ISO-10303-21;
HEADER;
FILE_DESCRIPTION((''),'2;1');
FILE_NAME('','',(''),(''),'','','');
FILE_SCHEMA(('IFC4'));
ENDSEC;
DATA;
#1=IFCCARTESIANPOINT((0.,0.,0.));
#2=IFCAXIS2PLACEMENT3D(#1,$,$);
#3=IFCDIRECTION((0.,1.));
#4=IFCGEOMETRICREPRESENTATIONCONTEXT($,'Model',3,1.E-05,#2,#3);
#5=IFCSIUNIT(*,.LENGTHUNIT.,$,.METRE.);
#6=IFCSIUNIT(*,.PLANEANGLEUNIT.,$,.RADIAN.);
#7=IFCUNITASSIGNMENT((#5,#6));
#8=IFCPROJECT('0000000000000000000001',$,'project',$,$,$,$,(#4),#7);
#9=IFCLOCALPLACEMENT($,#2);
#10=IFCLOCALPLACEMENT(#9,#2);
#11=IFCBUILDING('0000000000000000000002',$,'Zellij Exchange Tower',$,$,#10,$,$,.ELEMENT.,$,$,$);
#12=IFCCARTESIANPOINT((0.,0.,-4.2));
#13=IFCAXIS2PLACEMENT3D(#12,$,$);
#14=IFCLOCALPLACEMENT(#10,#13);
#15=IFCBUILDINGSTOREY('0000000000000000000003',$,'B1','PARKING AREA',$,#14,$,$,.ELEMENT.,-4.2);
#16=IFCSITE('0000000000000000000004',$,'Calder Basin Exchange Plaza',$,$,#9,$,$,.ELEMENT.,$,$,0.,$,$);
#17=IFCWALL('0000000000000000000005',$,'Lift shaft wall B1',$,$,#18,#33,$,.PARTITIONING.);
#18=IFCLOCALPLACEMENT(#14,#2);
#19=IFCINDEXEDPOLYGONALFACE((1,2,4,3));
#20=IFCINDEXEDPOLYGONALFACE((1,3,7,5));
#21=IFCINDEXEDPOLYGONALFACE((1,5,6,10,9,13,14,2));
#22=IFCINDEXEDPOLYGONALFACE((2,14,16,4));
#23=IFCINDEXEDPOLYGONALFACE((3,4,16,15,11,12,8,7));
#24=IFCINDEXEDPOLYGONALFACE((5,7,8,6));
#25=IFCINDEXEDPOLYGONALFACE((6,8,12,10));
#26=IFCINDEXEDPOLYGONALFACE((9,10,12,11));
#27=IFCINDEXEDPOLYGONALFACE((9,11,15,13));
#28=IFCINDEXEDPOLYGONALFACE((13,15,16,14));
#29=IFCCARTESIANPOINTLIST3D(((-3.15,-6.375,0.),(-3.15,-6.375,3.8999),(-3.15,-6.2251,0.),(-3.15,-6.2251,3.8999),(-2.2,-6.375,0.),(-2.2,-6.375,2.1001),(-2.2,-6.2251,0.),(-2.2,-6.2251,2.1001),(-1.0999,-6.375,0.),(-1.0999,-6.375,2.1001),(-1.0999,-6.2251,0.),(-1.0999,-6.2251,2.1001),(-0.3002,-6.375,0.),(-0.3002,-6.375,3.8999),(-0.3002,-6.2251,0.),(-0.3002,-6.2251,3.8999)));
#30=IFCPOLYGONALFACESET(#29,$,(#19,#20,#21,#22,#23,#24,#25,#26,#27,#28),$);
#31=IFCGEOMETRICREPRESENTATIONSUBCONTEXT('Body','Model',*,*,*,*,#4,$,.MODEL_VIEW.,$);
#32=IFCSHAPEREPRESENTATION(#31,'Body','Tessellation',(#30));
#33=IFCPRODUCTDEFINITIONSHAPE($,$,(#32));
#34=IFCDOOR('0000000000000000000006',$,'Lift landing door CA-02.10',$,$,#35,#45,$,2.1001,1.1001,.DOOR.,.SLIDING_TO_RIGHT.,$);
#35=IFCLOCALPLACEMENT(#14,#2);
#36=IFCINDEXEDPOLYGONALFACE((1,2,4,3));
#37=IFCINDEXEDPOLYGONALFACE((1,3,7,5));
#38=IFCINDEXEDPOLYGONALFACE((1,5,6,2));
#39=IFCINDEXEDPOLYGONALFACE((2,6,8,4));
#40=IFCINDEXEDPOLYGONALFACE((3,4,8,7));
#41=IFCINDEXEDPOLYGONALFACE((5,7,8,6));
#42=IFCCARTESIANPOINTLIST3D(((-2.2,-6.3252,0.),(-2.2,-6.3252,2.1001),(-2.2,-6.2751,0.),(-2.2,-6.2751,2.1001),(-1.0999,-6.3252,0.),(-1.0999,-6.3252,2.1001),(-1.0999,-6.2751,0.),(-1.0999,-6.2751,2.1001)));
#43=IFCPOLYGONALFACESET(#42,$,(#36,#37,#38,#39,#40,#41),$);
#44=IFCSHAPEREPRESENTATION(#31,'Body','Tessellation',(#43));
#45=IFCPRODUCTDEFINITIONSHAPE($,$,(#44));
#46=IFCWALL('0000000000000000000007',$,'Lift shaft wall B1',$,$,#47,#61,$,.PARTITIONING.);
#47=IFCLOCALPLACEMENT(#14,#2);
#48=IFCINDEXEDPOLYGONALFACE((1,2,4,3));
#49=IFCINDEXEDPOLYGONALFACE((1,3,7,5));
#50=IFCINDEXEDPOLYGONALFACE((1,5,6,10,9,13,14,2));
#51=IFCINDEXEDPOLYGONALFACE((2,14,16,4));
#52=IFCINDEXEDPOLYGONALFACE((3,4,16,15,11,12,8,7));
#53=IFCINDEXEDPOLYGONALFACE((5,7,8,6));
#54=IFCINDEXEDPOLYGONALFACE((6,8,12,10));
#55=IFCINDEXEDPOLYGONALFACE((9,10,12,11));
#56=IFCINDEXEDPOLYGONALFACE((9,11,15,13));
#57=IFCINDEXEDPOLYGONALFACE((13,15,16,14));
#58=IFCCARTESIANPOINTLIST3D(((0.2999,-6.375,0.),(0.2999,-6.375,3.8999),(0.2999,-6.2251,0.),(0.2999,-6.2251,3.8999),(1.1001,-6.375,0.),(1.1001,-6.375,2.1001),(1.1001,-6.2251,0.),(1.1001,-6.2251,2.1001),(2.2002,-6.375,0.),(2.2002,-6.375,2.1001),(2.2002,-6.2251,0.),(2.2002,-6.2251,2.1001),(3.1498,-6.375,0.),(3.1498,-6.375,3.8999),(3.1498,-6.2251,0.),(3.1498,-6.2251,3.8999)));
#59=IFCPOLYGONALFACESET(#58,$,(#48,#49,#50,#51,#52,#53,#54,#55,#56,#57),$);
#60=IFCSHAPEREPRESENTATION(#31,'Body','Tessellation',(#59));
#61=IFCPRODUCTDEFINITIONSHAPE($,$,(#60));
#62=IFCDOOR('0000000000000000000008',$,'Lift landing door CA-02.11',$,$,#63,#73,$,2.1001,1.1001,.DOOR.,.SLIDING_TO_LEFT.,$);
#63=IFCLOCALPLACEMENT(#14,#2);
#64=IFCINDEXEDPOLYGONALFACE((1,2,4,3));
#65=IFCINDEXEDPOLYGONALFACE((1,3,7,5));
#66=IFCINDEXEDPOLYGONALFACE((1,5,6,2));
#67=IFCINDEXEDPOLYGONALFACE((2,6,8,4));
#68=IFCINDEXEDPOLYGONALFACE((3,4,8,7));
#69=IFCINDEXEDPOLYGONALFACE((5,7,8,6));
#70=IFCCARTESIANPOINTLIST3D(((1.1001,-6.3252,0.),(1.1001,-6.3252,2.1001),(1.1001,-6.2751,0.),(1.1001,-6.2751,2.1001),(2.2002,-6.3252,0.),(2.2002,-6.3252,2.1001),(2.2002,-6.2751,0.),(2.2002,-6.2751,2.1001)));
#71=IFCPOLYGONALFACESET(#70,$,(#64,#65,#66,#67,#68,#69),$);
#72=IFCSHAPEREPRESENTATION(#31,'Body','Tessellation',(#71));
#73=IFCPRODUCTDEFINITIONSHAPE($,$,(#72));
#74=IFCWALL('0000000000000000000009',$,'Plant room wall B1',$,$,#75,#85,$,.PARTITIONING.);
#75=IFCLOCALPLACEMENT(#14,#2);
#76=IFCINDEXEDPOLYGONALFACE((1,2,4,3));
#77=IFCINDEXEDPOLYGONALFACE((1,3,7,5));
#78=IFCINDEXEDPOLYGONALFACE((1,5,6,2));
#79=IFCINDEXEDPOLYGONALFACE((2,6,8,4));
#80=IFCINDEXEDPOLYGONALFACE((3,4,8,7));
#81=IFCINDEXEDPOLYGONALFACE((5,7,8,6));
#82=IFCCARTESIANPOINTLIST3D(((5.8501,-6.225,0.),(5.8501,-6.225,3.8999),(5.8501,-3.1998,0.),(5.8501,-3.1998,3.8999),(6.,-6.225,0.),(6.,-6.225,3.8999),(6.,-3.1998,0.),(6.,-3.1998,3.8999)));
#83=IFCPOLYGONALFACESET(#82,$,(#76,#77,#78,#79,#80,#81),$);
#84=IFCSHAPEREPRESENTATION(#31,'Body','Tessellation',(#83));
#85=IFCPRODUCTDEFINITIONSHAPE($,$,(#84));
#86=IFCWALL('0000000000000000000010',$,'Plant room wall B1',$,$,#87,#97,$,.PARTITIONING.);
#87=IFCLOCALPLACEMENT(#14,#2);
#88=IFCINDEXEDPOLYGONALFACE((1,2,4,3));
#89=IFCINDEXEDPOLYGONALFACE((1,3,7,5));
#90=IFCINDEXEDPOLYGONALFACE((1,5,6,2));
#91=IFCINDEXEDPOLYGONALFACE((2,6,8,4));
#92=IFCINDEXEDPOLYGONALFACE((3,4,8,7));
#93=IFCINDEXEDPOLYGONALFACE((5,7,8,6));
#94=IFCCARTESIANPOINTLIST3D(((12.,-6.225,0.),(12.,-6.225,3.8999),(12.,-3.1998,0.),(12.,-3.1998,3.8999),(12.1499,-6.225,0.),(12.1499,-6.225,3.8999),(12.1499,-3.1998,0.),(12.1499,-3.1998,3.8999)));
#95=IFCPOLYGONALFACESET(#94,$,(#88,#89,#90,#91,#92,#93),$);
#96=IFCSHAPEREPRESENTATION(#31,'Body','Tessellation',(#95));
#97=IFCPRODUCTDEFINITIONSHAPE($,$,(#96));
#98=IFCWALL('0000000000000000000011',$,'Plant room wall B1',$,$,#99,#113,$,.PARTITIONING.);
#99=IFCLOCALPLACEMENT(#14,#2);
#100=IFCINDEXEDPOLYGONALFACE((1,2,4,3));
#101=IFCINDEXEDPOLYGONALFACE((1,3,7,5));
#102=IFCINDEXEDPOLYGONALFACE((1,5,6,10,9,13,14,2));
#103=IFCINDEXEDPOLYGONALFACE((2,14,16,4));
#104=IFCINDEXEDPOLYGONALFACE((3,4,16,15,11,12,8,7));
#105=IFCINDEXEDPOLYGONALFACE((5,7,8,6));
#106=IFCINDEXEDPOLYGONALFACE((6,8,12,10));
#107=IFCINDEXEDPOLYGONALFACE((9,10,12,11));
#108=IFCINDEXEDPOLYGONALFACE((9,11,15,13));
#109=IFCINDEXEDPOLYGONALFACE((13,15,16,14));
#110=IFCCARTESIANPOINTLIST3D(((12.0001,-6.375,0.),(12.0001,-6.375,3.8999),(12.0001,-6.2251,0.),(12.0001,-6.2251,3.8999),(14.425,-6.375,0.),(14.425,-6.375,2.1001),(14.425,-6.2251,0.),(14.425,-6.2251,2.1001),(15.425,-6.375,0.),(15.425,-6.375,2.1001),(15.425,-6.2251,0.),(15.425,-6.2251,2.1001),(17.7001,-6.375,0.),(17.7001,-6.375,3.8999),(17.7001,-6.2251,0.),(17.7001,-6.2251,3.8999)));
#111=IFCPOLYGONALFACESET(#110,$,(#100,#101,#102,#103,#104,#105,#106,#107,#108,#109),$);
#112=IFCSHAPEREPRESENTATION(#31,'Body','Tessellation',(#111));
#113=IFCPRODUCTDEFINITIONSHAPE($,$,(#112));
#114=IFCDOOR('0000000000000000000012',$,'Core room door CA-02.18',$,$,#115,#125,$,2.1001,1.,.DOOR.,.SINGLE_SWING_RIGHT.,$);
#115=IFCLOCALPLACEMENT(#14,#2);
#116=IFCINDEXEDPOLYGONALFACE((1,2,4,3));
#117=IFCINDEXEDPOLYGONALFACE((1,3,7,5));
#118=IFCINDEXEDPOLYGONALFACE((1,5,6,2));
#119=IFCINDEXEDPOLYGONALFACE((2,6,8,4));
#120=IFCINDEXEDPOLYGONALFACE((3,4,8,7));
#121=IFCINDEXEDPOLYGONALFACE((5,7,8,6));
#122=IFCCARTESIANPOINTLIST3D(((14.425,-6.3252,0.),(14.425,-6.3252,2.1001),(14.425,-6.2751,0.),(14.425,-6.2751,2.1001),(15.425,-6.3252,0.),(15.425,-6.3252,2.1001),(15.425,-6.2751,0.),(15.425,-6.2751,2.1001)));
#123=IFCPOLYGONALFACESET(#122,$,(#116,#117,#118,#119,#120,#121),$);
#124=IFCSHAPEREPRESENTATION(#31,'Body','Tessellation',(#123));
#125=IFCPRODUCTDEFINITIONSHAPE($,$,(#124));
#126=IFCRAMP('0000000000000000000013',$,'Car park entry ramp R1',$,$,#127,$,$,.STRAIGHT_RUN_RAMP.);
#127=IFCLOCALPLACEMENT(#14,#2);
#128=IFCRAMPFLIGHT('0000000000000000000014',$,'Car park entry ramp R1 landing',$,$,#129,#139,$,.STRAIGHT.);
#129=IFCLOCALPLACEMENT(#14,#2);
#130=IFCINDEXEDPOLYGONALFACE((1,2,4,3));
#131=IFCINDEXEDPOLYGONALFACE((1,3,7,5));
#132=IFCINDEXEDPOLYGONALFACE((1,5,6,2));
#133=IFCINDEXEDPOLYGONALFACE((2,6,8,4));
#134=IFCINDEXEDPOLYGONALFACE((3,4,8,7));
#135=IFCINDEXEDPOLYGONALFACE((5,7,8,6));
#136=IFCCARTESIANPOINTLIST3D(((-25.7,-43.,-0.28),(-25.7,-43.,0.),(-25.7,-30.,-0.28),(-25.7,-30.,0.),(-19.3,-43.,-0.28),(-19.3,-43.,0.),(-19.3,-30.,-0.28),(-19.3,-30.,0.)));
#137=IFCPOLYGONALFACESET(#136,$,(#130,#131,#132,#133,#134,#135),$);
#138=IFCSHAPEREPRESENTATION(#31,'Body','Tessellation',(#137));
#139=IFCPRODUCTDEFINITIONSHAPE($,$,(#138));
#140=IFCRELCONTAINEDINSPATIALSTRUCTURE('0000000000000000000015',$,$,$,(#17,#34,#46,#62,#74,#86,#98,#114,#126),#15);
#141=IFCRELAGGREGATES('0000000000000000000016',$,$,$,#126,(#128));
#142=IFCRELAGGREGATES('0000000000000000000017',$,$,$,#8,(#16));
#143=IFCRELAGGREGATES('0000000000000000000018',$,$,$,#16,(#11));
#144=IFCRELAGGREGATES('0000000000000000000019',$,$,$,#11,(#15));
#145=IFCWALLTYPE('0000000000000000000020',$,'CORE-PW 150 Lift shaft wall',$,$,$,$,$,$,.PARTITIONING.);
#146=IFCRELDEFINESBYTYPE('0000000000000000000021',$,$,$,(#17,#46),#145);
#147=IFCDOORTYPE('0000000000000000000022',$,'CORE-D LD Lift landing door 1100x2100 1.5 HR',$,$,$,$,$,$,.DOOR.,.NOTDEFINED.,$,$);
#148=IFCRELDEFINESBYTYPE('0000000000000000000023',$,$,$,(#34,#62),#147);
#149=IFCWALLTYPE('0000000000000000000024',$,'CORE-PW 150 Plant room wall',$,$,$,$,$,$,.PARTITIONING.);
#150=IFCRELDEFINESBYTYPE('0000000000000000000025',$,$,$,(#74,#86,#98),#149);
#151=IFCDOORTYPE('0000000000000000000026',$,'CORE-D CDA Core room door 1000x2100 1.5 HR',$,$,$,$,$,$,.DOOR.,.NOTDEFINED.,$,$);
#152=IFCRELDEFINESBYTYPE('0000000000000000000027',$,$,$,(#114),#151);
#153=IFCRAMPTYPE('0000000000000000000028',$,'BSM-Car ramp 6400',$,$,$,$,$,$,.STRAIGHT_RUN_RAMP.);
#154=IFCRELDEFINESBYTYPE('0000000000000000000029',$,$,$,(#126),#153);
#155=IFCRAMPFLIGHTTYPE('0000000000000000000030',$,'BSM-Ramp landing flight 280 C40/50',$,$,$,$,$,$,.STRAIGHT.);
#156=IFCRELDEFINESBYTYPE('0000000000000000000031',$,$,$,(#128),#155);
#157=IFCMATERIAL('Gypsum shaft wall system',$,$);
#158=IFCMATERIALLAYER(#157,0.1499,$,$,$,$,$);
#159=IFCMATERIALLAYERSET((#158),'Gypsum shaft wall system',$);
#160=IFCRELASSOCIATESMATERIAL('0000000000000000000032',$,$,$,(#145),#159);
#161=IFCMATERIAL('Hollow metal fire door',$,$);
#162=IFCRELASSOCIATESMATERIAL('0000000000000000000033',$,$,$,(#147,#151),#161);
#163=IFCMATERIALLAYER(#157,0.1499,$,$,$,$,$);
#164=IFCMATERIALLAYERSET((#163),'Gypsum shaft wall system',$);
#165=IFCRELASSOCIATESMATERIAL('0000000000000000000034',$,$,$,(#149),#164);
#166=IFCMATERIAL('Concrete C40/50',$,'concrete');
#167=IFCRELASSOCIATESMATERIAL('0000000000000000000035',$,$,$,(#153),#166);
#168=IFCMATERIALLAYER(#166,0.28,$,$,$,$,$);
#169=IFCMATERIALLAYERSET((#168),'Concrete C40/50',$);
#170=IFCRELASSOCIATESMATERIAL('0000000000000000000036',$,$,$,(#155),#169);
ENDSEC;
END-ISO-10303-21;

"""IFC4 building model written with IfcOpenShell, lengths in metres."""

from ifc_helpers import new_model, si_unit, direction, frame, frame_2d, origin, place, context, subcontext, project, spatial, polyline, rectangle, outline, extrude, material, layer, layer_set, type_object, element, fill, aggregate, save


model = new_model("IFC4")

# Units and contexts
model_context = context("Model", 3, precision=1e-05, world=origin(), true_north=direction((0.0, 1.0)))
body_context = subcontext(model_context, "Body", "Model", "MODEL_VIEW")
ifc_project = project(units=[si_unit("LENGTHUNIT", "METRE"), si_unit("PLANEANGLEUNIT", "RADIAN")], contexts=[model_context])

# Site, building, storey
site_placement = place(None, origin())
site = spatial("IfcSite", under=ifc_project, at=site_placement, Name="Calder Basin Exchange Plaza", CompositionType="ELEMENT", RefElevation=0.0)
building_placement = place(site_placement, origin())
building = spatial("IfcBuilding", under=site, at=building_placement, Name="Zellij Exchange Tower", CompositionType="ELEMENT")
storey_placement = place(building_placement, frame((0.0, 0.0, -4.2)))
storey = spatial("IfcBuildingStorey", under=building, at=storey_placement, Name="B1", Description="PARKING AREA", CompositionType="ELEMENT", Elevation=-4.2)

# Shared definitions
ifc_material_1 = material(Name="Concrete C40/50", Category="concrete")

# Shared definitions
ifc_material_2 = material(Name="Gypsum shaft wall system")
ifc_layer_1 = layer(ifc_material_2, 0.1499)
ifc_layer_set_1 = layer_set([ifc_layer_1], Name="Gypsum shaft wall system")
wall_type_1 = type_object("IfcWallType", Name="CORE-PW 150 Lift shaft wall", PredefinedType="PARTITIONING", material=ifc_layer_set_1)

# Walls, openings, doors
wall_1_placement = place(storey_placement, frame((-3.1499, -6.3, 0.0), z_axis=(0.0, 0.0, 1.0), x_axis=(1.0, 0.0, 0.0)))
wall_1 = element("IfcWall", 1, at=wall_1_placement, inside=storey, type_object=wall_type_1, Name="Lift shaft wall B1", PredefinedType="PARTITIONING", context=body_context, shape_type="SweptSolid", body=[
    extrude(rectangle(XDim=2.8499, YDim=0.1499, at=frame_2d((1.4248, 0.0))), origin(), (0.0, 0.0, 1.0), 3.8999),
])
opening_1_placement = place(wall_1_placement, frame((0.95, 0.0, 0.0)))
opening_1 = element("IfcOpeningElement", 2, at=opening_1_placement, cuts=wall_1, PredefinedType="OPENING", context=body_context, shape_type="SweptSolid", body=[
    extrude(rectangle(XDim=1.1001, YDim=2.1001, at=frame_2d((0.55, 1.05))), frame((0.0, 0.0869, 0.0), z_axis=(0.0, -1.0, 0.0), x_axis=(1.0, 0.0, 0.0)), (0.0, 0.0, 1.0), 0.1738),
])
ifc_material_3 = material(Name="Hollow metal fire door")
door_type_1 = type_object("IfcDoorType", Name="CORE-D LD Lift landing door 1100x2100 1.5 HR", OperationType="NOTDEFINED", PredefinedType="DOOR", material=ifc_material_3)
door_1_placement = place(opening_1_placement, origin())
door_1 = element("IfcDoor", 3, at=door_1_placement, inside=storey, type_object=door_type_1, Name="Lift landing door CA-02.10", OperationType="SLIDING_TO_RIGHT", OverallHeight=2.1001, OverallWidth=1.1001, PredefinedType="DOOR", context=body_context, shape_type="SweptSolid", body=[
    extrude(rectangle(XDim=1.1001, YDim=2.1001, at=frame_2d((0.55, 1.05))), frame((0.0, 0.0249, 0.0), z_axis=(0.0, -1.0, 0.0), x_axis=(1.0, 0.0, 0.0)), (0.0, 0.0, 1.0), 0.05),
])
fill(opening_1, door_1)
wall_2_placement = place(storey_placement, frame((0.3, -6.3, 0.0), z_axis=(0.0, 0.0, 1.0), x_axis=(1.0, 0.0, 0.0)))
wall_2 = element("IfcWall", 4, at=wall_2_placement, inside=storey, type_object=wall_type_1, Name="Lift shaft wall B1", PredefinedType="PARTITIONING", context=body_context, shape_type="SweptSolid", body=[
    extrude(rectangle(XDim=2.8499, YDim=0.1499, at=frame_2d((1.4248, 0.0))), origin(), (0.0, 0.0, 1.0), 3.8999),
])
opening_2_placement = place(wall_2_placement, frame((0.8, 0.0, 0.0)))
opening_2 = element("IfcOpeningElement", 5, at=opening_2_placement, cuts=wall_2, PredefinedType="OPENING", context=body_context, shape_type="SweptSolid", body=[
    extrude(rectangle(XDim=1.1001, YDim=2.1001, at=frame_2d((0.55, 1.05))), frame((0.0, 0.0869, 0.0), z_axis=(0.0, -1.0, 0.0), x_axis=(1.0, 0.0, 0.0)), (0.0, 0.0, 1.0), 0.1738),
])
door_2_placement = place(opening_2_placement, origin())
door_2 = element("IfcDoor", 6, at=door_2_placement, inside=storey, type_object=door_type_1, Name="Lift landing door CA-02.11", OperationType="SLIDING_TO_LEFT", OverallHeight=2.1001, OverallWidth=1.1001, PredefinedType="DOOR", context=body_context, shape_type="SweptSolid", body=[
    extrude(rectangle(XDim=1.1001, YDim=2.1001, at=frame_2d((0.55, 1.05))), frame((0.0, 0.0249, 0.0), z_axis=(0.0, -1.0, 0.0), x_axis=(1.0, 0.0, 0.0)), (0.0, 0.0, 1.0), 0.05),
])
fill(opening_2, door_2)

# Walls
ifc_layer_2 = layer(ifc_material_2, 0.1499)
ifc_layer_set_2 = layer_set([ifc_layer_2], Name="Gypsum shaft wall system")
wall_type_2 = type_object("IfcWallType", Name="CORE-PW 150 Plant room wall", PredefinedType="PARTITIONING", material=ifc_layer_set_2)
for number, where, z_axis, x_axis, name in (
    (7, (5.925, -6.2251, 0.0), (0.0, 0.0, 1.0), (0.0, 1.0, 0.0), "Plant room wall B1"),
    (8, (12.075, -6.2251, 0.0), (0.0, 0.0, 1.0), (0.0, 1.0, 0.0), "Plant room wall B1"),
):
    element("IfcWall", number, at=place(storey_placement, frame(where, z_axis=z_axis, x_axis=x_axis)), inside=storey, type_object=wall_type_2, Name=name, PredefinedType="PARTITIONING", context=body_context, shape_type="SweptSolid", body=[
        extrude(rectangle(XDim=3.0251, YDim=0.1499, at=frame_2d((1.5127, 0.0))), origin(), (0.0, 0.0, 1.0), 3.8999),
    ])

# Wall, opening, door
wall_3_placement = place(storey_placement, frame((12.0, -6.3, 0.0), z_axis=(0.0, 0.0, 1.0), x_axis=(1.0, 0.0, 0.0)))
wall_3 = element("IfcWall", 9, at=wall_3_placement, inside=storey, type_object=wall_type_2, Name="Plant room wall B1", PredefinedType="PARTITIONING", context=body_context, shape_type="SweptSolid", body=[
    extrude(rectangle(XDim=5.7, YDim=0.1499, at=frame_2d((2.8501, 0.0))), origin(), (0.0, 0.0, 1.0), 3.8999),
])
opening_3_placement = place(wall_3_placement, frame((2.425, 0.0, 0.0)))
opening_3 = element("IfcOpeningElement", 10, at=opening_3_placement, cuts=wall_3, PredefinedType="OPENING", context=body_context, shape_type="SweptSolid", body=[
    extrude(rectangle(XDim=1.0, YDim=2.1001, at=frame_2d((0.5, 1.05))), frame((0.0, 0.0869, 0.0), z_axis=(0.0, -1.0, 0.0), x_axis=(1.0, 0.0, 0.0)), (0.0, 0.0, 1.0), 0.1738),
])
door_type_2 = type_object("IfcDoorType", Name="CORE-D CDA Core room door 1000x2100 1.5 HR", OperationType="NOTDEFINED", PredefinedType="DOOR", material=ifc_material_3)
door_3_placement = place(opening_3_placement, origin())
door_3 = element("IfcDoor", 11, at=door_3_placement, inside=storey, type_object=door_type_2, Name="Core room door CA-02.18", OperationType="SINGLE_SWING_RIGHT", OverallHeight=2.1001, OverallWidth=1.0, PredefinedType="DOOR", context=body_context, shape_type="SweptSolid", body=[
    extrude(rectangle(XDim=1.0, YDim=2.1001, at=frame_2d((0.5, 1.05))), frame((0.0, 0.0249, 0.0), z_axis=(0.0, -1.0, 0.0), x_axis=(1.0, 0.0, 0.0)), (0.0, 0.0, 1.0), 0.05),
])
fill(opening_3, door_3)

# Ramp, ramp flight
ramp_type = type_object("IfcRampType", Name="BSM-Car ramp 6400", PredefinedType="STRAIGHT_RUN_RAMP", material=ifc_material_1)
ramp_placement = place(storey_placement, origin())
ramp = element("IfcRamp", 12, at=ramp_placement, inside=storey, type_object=ramp_type, Name="Car park entry ramp R1", PredefinedType="STRAIGHT_RUN_RAMP")
ifc_layer_3 = layer(ifc_material_1, 0.28)
ifc_layer_set_3 = layer_set([ifc_layer_3], Name="Concrete C40/50")
ramp_flight_type = type_object("IfcRampFlightType", Name="BSM-Ramp landing flight 280 C40/50", PredefinedType="STRAIGHT", material=ifc_layer_set_3)
ramp_flight_placement = place(storey_placement, frame((0.0, 0.0, -0.28)))
ramp_flight = element("IfcRampFlight", 13, at=ramp_flight_placement, type_object=ramp_flight_type, Name="Car park entry ramp R1 landing", PredefinedType="STRAIGHT", context=body_context, shape_type="SweptSolid", body=[
    extrude(outline(polyline([(-19.3, -43.0), (-19.3, -30.0), (-25.7, -30.0), (-25.7, -43.0), (-19.3, -43.0)])), origin(), (0.0, 0.0, 1.0), 0.28),
])
aggregate(ramp, [ramp_flight])

save(model, "model.ifc")
